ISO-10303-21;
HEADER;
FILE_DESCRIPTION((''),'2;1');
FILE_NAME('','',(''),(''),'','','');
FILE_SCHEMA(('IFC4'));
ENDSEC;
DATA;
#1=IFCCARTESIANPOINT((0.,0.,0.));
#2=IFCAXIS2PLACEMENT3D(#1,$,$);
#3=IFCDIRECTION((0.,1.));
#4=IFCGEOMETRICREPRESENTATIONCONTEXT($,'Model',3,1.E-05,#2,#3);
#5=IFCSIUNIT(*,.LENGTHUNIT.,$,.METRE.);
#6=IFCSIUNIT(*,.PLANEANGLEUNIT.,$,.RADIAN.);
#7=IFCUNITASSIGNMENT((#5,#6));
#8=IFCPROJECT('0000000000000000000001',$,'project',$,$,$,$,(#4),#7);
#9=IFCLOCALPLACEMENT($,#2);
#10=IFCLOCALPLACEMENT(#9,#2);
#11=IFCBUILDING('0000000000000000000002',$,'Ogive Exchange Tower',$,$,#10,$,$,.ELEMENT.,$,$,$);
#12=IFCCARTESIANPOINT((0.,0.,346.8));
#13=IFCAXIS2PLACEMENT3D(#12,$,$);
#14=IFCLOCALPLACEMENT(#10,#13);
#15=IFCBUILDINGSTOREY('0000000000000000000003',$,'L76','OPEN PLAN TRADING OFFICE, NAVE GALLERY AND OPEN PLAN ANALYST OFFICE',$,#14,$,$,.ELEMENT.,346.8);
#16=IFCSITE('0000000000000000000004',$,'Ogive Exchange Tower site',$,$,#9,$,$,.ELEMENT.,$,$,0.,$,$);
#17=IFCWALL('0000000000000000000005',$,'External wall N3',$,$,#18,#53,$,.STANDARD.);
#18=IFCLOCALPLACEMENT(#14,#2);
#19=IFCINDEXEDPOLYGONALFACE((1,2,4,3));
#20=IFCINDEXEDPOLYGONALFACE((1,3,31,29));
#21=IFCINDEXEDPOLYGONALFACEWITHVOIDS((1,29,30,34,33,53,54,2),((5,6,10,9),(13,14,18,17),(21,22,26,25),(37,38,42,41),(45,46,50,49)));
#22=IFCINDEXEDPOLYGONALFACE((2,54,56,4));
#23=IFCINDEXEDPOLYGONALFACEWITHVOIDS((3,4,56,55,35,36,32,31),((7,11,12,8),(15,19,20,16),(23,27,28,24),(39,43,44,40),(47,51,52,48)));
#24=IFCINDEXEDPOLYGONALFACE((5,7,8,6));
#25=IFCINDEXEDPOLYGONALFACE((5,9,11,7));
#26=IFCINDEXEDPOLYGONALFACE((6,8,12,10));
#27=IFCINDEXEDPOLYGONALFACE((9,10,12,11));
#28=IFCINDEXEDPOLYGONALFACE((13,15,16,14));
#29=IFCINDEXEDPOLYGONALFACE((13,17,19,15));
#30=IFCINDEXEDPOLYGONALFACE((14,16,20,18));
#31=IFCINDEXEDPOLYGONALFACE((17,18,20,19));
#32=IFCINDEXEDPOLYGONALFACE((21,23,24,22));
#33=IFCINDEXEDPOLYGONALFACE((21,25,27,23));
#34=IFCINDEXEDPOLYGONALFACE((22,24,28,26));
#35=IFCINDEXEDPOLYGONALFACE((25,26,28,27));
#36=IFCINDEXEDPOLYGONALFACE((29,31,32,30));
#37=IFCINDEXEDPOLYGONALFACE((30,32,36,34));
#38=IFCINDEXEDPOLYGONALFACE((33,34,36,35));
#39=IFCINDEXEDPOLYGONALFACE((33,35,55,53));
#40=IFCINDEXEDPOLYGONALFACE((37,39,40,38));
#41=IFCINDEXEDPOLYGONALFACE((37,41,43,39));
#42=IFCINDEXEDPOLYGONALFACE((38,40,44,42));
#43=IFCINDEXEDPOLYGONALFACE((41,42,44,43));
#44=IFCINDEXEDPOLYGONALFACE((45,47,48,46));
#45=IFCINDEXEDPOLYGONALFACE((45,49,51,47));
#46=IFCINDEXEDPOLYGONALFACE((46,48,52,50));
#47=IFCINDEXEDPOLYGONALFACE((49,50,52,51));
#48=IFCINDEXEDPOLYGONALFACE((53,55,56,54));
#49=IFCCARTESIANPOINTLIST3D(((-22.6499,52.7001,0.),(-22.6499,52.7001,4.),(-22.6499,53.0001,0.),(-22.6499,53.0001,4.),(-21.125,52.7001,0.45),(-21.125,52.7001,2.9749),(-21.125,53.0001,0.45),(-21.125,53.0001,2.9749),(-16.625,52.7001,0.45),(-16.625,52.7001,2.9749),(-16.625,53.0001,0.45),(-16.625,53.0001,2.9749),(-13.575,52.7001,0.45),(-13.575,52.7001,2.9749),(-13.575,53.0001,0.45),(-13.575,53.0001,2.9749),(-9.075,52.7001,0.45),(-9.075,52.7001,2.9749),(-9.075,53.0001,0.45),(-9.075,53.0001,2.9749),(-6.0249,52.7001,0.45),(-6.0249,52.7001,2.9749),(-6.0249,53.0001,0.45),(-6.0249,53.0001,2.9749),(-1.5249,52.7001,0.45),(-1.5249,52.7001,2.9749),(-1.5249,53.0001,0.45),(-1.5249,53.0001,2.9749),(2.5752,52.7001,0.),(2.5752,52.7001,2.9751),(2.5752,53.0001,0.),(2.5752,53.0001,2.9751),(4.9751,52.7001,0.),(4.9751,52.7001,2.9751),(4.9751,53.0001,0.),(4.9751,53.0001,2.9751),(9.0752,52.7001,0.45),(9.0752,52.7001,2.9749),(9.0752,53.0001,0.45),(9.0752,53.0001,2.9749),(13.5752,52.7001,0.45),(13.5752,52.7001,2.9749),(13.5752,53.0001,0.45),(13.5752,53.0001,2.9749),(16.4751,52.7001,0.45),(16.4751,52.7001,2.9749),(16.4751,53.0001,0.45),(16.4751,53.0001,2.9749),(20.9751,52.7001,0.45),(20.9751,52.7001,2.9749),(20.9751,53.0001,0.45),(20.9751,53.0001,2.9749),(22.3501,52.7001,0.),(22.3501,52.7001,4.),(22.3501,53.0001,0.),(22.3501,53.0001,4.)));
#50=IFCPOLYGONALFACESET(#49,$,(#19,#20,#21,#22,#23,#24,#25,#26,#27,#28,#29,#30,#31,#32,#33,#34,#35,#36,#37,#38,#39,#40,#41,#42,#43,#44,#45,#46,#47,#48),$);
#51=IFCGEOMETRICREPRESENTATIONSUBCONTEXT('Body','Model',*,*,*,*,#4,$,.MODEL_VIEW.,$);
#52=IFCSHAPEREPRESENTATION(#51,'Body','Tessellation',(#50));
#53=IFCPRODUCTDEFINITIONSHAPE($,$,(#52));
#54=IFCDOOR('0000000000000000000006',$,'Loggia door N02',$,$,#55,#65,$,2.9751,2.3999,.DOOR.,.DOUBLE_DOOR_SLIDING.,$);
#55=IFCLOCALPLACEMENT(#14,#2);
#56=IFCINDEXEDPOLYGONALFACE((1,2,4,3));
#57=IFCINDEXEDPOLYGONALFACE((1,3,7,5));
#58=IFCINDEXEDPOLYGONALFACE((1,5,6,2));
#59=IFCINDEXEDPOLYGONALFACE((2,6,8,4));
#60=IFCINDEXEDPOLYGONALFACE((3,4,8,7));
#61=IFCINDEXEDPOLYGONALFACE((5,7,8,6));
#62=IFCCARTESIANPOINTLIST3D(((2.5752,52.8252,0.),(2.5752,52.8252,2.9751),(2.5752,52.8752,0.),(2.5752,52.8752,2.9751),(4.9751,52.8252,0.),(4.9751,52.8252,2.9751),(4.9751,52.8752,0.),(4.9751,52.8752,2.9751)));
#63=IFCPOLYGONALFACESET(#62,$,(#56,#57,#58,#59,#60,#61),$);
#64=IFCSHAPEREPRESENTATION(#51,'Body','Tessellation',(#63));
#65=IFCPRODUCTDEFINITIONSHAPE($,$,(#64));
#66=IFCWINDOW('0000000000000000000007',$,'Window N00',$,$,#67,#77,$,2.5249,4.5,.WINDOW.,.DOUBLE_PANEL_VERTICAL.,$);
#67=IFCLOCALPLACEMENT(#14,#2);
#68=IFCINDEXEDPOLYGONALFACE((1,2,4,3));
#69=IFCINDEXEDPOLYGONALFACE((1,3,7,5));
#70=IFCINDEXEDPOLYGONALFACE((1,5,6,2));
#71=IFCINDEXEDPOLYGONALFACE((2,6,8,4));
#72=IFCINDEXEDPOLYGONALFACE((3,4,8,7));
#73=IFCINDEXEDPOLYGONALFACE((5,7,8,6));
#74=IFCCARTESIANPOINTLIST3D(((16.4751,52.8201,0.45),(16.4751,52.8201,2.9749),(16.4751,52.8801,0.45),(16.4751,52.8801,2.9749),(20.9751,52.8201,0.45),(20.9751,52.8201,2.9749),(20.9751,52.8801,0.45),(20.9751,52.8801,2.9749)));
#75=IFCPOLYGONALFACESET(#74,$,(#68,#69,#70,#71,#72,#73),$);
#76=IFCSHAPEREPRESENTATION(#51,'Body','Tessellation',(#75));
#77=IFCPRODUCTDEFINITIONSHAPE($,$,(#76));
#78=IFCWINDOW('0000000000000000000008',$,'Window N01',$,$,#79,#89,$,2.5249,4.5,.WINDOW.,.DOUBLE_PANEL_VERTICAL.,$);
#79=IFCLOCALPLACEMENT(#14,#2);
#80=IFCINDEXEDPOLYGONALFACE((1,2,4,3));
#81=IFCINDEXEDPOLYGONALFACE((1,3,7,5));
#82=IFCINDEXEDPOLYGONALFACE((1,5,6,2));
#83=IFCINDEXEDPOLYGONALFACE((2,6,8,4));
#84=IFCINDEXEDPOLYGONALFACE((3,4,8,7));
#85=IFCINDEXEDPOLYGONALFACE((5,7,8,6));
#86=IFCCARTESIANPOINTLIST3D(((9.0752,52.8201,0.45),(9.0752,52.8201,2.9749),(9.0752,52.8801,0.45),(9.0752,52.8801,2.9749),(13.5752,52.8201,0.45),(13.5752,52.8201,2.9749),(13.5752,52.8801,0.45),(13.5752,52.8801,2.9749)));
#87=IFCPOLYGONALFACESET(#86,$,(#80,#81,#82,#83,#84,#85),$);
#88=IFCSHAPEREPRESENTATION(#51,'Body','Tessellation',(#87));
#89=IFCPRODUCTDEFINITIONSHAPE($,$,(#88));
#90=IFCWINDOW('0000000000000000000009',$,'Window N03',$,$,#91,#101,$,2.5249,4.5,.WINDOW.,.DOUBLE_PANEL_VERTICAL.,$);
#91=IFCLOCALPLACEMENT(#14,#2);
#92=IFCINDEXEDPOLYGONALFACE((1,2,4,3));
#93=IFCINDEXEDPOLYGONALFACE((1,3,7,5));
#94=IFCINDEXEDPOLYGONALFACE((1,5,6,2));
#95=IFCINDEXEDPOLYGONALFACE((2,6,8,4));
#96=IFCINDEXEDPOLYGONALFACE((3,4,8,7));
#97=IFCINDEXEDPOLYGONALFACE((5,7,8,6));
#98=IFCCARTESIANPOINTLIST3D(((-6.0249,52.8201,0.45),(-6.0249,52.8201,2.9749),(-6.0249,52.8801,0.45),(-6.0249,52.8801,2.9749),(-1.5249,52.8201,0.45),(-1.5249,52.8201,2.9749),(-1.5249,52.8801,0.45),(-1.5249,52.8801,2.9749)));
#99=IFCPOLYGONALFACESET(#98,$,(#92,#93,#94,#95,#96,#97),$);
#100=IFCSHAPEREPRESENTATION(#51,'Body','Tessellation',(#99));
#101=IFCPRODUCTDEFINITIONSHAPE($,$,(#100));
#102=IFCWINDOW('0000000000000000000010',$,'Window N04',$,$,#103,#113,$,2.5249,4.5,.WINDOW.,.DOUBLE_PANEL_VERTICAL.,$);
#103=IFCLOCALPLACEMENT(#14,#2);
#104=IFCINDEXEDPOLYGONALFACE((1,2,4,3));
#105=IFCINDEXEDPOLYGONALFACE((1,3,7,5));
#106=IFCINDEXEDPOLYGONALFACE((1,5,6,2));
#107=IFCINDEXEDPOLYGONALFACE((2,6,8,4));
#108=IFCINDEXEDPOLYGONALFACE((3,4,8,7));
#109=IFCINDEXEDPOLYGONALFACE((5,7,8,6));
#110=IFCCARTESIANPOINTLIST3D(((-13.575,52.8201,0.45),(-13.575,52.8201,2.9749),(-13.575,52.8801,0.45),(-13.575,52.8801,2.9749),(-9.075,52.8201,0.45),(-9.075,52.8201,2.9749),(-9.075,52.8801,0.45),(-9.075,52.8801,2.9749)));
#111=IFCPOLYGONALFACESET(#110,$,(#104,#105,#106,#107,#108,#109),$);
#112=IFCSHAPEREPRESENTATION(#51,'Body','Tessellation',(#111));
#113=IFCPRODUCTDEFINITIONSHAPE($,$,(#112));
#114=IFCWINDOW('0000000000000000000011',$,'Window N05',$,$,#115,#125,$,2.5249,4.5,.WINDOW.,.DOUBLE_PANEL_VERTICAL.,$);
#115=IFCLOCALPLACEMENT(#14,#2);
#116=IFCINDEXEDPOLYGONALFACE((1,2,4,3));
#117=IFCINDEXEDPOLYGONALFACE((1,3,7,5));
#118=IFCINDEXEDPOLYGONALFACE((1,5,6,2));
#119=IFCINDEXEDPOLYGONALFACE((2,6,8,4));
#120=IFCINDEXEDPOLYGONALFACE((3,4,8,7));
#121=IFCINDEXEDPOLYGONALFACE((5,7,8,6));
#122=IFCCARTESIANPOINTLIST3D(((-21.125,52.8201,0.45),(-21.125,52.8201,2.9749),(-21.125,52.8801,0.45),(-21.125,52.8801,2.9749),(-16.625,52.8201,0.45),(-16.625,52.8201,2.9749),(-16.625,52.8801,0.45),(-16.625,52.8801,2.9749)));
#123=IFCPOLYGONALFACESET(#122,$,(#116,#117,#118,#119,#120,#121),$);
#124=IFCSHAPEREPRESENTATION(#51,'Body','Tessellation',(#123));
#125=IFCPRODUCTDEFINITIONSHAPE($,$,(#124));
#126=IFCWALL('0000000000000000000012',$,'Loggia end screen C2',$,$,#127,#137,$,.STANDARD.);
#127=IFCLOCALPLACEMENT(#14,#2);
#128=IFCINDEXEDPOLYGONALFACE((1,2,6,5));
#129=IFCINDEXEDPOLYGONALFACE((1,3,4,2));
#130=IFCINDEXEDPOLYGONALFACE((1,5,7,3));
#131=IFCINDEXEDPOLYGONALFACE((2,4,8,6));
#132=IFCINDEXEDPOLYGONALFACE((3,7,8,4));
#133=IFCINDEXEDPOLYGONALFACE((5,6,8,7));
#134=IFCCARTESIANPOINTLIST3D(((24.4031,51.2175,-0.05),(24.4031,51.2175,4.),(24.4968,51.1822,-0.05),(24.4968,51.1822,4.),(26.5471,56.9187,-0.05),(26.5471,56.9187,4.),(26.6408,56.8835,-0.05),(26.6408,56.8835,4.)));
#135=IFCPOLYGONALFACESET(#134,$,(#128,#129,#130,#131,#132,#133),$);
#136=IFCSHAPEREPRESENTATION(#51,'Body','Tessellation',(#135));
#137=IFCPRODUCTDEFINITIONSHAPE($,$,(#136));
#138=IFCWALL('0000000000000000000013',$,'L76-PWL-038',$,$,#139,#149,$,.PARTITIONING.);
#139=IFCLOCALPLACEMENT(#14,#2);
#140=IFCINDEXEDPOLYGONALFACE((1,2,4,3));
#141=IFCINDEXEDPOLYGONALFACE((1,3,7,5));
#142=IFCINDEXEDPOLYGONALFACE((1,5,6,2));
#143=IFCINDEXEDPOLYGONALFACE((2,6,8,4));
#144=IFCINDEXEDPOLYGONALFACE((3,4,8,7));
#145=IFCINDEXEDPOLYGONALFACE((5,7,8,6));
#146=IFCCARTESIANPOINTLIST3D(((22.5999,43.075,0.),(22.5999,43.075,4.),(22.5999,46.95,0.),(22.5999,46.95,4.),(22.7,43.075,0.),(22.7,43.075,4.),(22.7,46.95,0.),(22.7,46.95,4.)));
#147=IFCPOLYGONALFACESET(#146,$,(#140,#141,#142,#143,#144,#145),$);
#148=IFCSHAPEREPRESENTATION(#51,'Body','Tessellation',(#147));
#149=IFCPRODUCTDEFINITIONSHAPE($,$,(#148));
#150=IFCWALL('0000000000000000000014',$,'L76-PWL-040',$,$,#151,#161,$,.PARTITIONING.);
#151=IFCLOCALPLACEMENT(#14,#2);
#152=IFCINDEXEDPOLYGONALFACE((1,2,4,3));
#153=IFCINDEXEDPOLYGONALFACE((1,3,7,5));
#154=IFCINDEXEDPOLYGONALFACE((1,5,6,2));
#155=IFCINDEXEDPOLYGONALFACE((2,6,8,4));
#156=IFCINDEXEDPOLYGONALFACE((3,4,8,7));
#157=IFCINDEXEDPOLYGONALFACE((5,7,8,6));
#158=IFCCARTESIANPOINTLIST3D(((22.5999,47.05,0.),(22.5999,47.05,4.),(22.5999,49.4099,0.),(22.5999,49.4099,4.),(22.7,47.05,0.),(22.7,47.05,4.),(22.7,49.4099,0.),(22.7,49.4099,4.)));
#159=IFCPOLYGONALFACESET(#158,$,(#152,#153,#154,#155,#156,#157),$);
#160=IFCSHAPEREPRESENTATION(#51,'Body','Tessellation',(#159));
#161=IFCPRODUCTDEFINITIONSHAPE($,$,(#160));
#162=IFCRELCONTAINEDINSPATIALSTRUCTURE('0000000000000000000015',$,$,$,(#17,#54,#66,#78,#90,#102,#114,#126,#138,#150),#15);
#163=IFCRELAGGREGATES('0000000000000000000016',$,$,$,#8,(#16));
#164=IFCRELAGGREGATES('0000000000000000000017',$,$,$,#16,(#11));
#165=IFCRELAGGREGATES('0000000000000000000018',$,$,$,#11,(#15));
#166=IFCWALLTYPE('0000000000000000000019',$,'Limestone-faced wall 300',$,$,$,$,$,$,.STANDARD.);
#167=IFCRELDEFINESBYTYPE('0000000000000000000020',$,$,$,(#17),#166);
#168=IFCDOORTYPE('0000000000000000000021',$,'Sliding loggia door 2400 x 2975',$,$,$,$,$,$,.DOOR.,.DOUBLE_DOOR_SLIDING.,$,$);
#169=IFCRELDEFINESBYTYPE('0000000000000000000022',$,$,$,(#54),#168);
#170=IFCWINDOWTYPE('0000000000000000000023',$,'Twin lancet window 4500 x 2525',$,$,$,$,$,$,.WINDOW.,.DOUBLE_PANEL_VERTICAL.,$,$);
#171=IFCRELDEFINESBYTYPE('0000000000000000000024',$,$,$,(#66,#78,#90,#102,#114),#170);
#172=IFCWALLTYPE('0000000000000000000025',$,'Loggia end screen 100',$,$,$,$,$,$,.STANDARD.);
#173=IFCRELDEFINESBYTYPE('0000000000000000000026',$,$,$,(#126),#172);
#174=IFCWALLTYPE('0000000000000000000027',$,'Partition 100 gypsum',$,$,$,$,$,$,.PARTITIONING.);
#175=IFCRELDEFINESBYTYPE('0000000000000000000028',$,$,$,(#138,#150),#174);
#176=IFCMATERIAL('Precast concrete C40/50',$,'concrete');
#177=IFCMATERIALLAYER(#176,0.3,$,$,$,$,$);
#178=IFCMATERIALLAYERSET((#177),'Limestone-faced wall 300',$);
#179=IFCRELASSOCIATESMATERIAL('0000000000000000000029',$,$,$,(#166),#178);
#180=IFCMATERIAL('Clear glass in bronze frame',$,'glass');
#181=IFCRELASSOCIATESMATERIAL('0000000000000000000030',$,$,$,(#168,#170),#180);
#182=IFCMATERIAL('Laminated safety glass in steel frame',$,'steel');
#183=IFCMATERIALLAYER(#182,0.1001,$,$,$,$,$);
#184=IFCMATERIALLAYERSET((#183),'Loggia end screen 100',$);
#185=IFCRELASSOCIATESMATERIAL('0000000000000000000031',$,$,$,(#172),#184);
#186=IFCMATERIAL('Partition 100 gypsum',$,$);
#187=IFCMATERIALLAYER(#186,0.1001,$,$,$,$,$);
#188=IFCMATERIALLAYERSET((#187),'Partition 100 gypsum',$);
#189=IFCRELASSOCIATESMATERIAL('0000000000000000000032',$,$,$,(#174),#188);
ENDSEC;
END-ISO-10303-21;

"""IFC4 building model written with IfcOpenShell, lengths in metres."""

from ifc_helpers import new_model, si_unit, direction, frame, frame_2d, origin, place, context, subcontext, project, spatial, rectangle, extrude, material, layer, layer_set, type_object, element, fill, save


model = new_model("IFC4")

# Units and contexts
model_context = context("Model", 3, precision=1e-05, world=origin(), true_north=direction((0.0, 1.0)))
body_context = subcontext(model_context, "Body", "Model", "MODEL_VIEW")
ifc_project = project(units=[si_unit("LENGTHUNIT", "METRE"), si_unit("PLANEANGLEUNIT", "RADIAN")], contexts=[model_context])

# Site, building, storey
site_placement = place(None, origin())
site = spatial("IfcSite", under=ifc_project, at=site_placement, Name="Ogive Exchange Tower site", CompositionType="ELEMENT", RefElevation=0.0)
building_placement = place(site_placement, origin())
building = spatial("IfcBuilding", under=site, at=building_placement, Name="Ogive Exchange Tower", CompositionType="ELEMENT")
storey_placement = place(building_placement, frame((0.0, 0.0, 346.8)))
storey = spatial("IfcBuildingStorey", under=building, at=storey_placement, Name="L76", Description="OPEN PLAN TRADING OFFICE, NAVE GALLERY AND OPEN PLAN ANALYST OFFICE", CompositionType="ELEMENT", Elevation=346.8)

# Wall, openings, door, windows
ifc_material_1 = material(Name="Precast concrete C40/50", Category="concrete")
ifc_layer_1 = layer(ifc_material_1, 0.3)
ifc_layer_set_1 = layer_set([ifc_layer_1], Name="Limestone-faced wall 300")
wall_type_1 = type_object("IfcWallType", Name="Limestone-faced wall 300", PredefinedType="STANDARD", material=ifc_layer_set_1)
wall_1_placement = place(storey_placement, frame((22.3501, 52.8501, 0.0), z_axis=(0.0, 0.0, 1.0), x_axis=(-1.0, 0.0, 0.0)))
wall_1 = element("IfcWall", 1, at=wall_1_placement, inside=storey, type_object=wall_type_1, Name="External wall N3", PredefinedType="STANDARD", context=body_context, shape_type="SweptSolid", body=[
    extrude(rectangle(XDim=45.0, YDim=0.3, at=frame_2d((22.5, 0.0))), origin(), (0.0, 0.0, 1.0), 4.0),
])
opening_1_placement = place(wall_1_placement, frame((1.375, 0.0, 0.45)))
opening_1 = element("IfcOpeningElement", 2, at=opening_1_placement, cuts=wall_1, PredefinedType="OPENING", context=body_context, shape_type="SweptSolid", body=[
    extrude(rectangle(XDim=4.5, YDim=2.5249, at=frame_2d((2.25, 1.2625))), frame((0.0, 0.1599, 0.0), z_axis=(0.0, -1.0, 0.0), x_axis=(1.0, 0.0, 0.0)), (0.0, 0.0, 1.0), 0.3201),
])
opening_2_placement = place(wall_1_placement, frame((8.7749, 0.0, 0.45)))
opening_2 = element("IfcOpeningElement", 3, at=opening_2_placement, cuts=wall_1, PredefinedType="OPENING", context=body_context, shape_type="SweptSolid", body=[
    extrude(rectangle(XDim=4.5, YDim=2.5249, at=frame_2d((2.25, 1.2625))), frame((0.0, 0.1599, 0.0), z_axis=(0.0, -1.0, 0.0), x_axis=(1.0, 0.0, 0.0)), (0.0, 0.0, 1.0), 0.3201),
])
opening_3_placement = place(wall_1_placement, frame((17.375, 0.0, 0.0)))
opening_3 = element("IfcOpeningElement", 4, at=opening_3_placement, cuts=wall_1, PredefinedType="OPENING", context=body_context, shape_type="SweptSolid", body=[
    extrude(rectangle(XDim=2.3999, YDim=2.9751, at=frame_2d((1.2, 1.4875))), frame((0.0, 0.1599, 0.0), z_axis=(0.0, -1.0, 0.0), x_axis=(1.0, 0.0, 0.0)), (0.0, 0.0, 1.0), 0.3201),
])
opening_4_placement = place(wall_1_placement, frame((23.875, 0.0, 0.45)))
opening_4 = element("IfcOpeningElement", 5, at=opening_4_placement, cuts=wall_1, PredefinedType="OPENING", context=body_context, shape_type="SweptSolid", body=[
    extrude(rectangle(XDim=4.5, YDim=2.5249, at=frame_2d((2.25, 1.2625))), frame((0.0, 0.1599, 0.0), z_axis=(0.0, -1.0, 0.0), x_axis=(1.0, 0.0, 0.0)), (0.0, 0.0, 1.0), 0.3201),
])
opening_5_placement = place(wall_1_placement, frame((31.425, 0.0, 0.45)))
opening_5 = element("IfcOpeningElement", 6, at=opening_5_placement, cuts=wall_1, PredefinedType="OPENING", context=body_context, shape_type="SweptSolid", body=[
    extrude(rectangle(XDim=4.5, YDim=2.5249, at=frame_2d((2.25, 1.2625))), frame((0.0, 0.1599, 0.0), z_axis=(0.0, -1.0, 0.0), x_axis=(1.0, 0.0, 0.0)), (0.0, 0.0, 1.0), 0.3201),
])
opening_6_placement = place(wall_1_placement, frame((38.9751, 0.0, 0.45)))
opening_6 = element("IfcOpeningElement", 7, at=opening_6_placement, cuts=wall_1, PredefinedType="OPENING", context=body_context, shape_type="SweptSolid", body=[
    extrude(rectangle(XDim=4.5, YDim=2.5249, at=frame_2d((2.25, 1.2625))), frame((0.0, 0.1599, 0.0), z_axis=(0.0, -1.0, 0.0), x_axis=(1.0, 0.0, 0.0)), (0.0, 0.0, 1.0), 0.3201),
])
ifc_material_2 = material(Name="Clear glass in bronze frame", Category="glass")
door_type_1 = type_object("IfcDoorType", Name="Sliding loggia door 2400 x 2975", OperationType="DOUBLE_DOOR_SLIDING", PredefinedType="DOOR", material=ifc_material_2)
door_1_placement = place(opening_3_placement, origin())
door_1 = element("IfcDoor", 8, at=door_1_placement, inside=storey, type_object=door_type_1, Name="Loggia door N02", OperationType="DOUBLE_DOOR_SLIDING", OverallHeight=2.9751, OverallWidth=2.3999, PredefinedType="DOOR", context=body_context, shape_type="SweptSolid", body=[
    extrude(rectangle(XDim=2.3999, YDim=2.9751, at=frame_2d((1.2, 1.4875))), frame((0.0, 0.0249, 0.0), z_axis=(0.0, -1.0, 0.0), x_axis=(1.0, 0.0, 0.0)), (0.0, 0.0, 1.0), 0.05),
])
fill(opening_3, door_1)
window_type = type_object("IfcWindowType", Name="Twin lancet window 4500 x 2525", PartitioningType="DOUBLE_PANEL_VERTICAL", PredefinedType="WINDOW", material=ifc_material_2)
window_1_placement = place(opening_1_placement, origin())
window_1 = element("IfcWindow", 9, at=window_1_placement, inside=storey, type_object=window_type, Name="Window N00", OverallHeight=2.5249, OverallWidth=4.5, PartitioningType="DOUBLE_PANEL_VERTICAL", PredefinedType="WINDOW", context=body_context, shape_type="SweptSolid", body=[
    extrude(rectangle(XDim=4.5, YDim=2.5249, at=frame_2d((2.25, 1.2625))), frame((0.0, 0.03, 0.0), z_axis=(0.0, -1.0, 0.0), x_axis=(1.0, 0.0, 0.0)), (0.0, 0.0, 1.0), 0.0601),
])
fill(opening_1, window_1)
window_2_placement = place(opening_2_placement, origin())
window_2 = element("IfcWindow", 10, at=window_2_placement, inside=storey, type_object=window_type, Name="Window N01", OverallHeight=2.5249, OverallWidth=4.5, PartitioningType="DOUBLE_PANEL_VERTICAL", PredefinedType="WINDOW", context=body_context, shape_type="SweptSolid", body=[
    extrude(rectangle(XDim=4.5, YDim=2.5249, at=frame_2d((2.25, 1.2625))), frame((0.0, 0.03, 0.0), z_axis=(0.0, -1.0, 0.0), x_axis=(1.0, 0.0, 0.0)), (0.0, 0.0, 1.0), 0.0601),
])
fill(opening_2, window_2)
window_3_placement = place(opening_4_placement, origin())
window_3 = element("IfcWindow", 11, at=window_3_placement, inside=storey, type_object=window_type, Name="Window N03", OverallHeight=2.5249, OverallWidth=4.5, PartitioningType="DOUBLE_PANEL_VERTICAL", PredefinedType="WINDOW", context=body_context, shape_type="SweptSolid", body=[
    extrude(rectangle(XDim=4.5, YDim=2.5249, at=frame_2d((2.25, 1.2625))), frame((0.0, 0.03, 0.0), z_axis=(0.0, -1.0, 0.0), x_axis=(1.0, 0.0, 0.0)), (0.0, 0.0, 1.0), 0.0601),
])
fill(opening_4, window_3)
window_4_placement = place(opening_5_placement, origin())
window_4 = element("IfcWindow", 12, at=window_4_placement, inside=storey, type_object=window_type, Name="Window N04", OverallHeight=2.5249, OverallWidth=4.5, PartitioningType="DOUBLE_PANEL_VERTICAL", PredefinedType="WINDOW", context=body_context, shape_type="SweptSolid", body=[
    extrude(rectangle(XDim=4.5, YDim=2.5249, at=frame_2d((2.25, 1.2625))), frame((0.0, 0.03, 0.0), z_axis=(0.0, -1.0, 0.0), x_axis=(1.0, 0.0, 0.0)), (0.0, 0.0, 1.0), 0.0601),
])
fill(opening_5, window_4)
window_5_placement = place(opening_6_placement, origin())
window_5 = element("IfcWindow", 13, at=window_5_placement, inside=storey, type_object=window_type, Name="Window N05", OverallHeight=2.5249, OverallWidth=4.5, PartitioningType="DOUBLE_PANEL_VERTICAL", PredefinedType="WINDOW", context=body_context, shape_type="SweptSolid", body=[
    extrude(rectangle(XDim=4.5, YDim=2.5249, at=frame_2d((2.25, 1.2625))), frame((0.0, 0.03, 0.0), z_axis=(0.0, -1.0, 0.0), x_axis=(1.0, 0.0, 0.0)), (0.0, 0.0, 1.0), 0.0601),
])
fill(opening_6, window_5)

# Walls
ifc_material_3 = material(Name="Laminated safety glass in steel frame", Category="steel")
ifc_layer_2 = layer(ifc_material_3, 0.1001)
ifc_layer_set_2 = layer_set([ifc_layer_2], Name="Loggia end screen 100")
wall_type_2 = type_object("IfcWallType", Name="Loggia end screen 100", PredefinedType="STANDARD", material=ifc_layer_set_2)
wall_2_placement = place(storey_placement, frame((24.45, 51.2, -0.05), z_axis=(0.0, 0.0, 1.0), x_axis=(0.352002, 0.935999, 0.0)))
element("IfcWall", 14, at=wall_2_placement, inside=storey, type_object=wall_type_2, Name="Loggia end screen C2", PredefinedType="STANDARD", context=body_context, shape_type="SweptSolid", body=[
    extrude(rectangle(XDim=6.0911, YDim=0.1001, at=frame_2d((3.0454, 0.0))), origin(), (0.0, 0.0, 1.0), 4.05),
])
ifc_material_4 = material(Name="Partition 100 gypsum")
ifc_layer_3 = layer(ifc_material_4, 0.1001)
ifc_layer_set_3 = layer_set([ifc_layer_3], Name="Partition 100 gypsum")
wall_type_3 = type_object("IfcWallType", Name="Partition 100 gypsum", PredefinedType="PARTITIONING", material=ifc_layer_set_3)
wall_3_placement = place(storey_placement, frame((22.6499, 43.075, 0.0), z_axis=(0.0, 0.0, 1.0), x_axis=(0.0, 1.0, 0.0)))
element("IfcWall", 15, at=wall_3_placement, inside=storey, type_object=wall_type_3, Name="L76-PWL-038", PredefinedType="PARTITIONING", context=body_context, shape_type="SweptSolid", body=[
    extrude(rectangle(XDim=3.875, YDim=0.1001, at=frame_2d((1.9375, 0.0))), origin(), (0.0, 0.0, 1.0), 4.0),
])
wall_4_placement = place(storey_placement, frame((22.6499, 47.05, 0.0), z_axis=(0.0, 0.0, 1.0), x_axis=(0.0, 1.0, 0.0)))
element("IfcWall", 16, at=wall_4_placement, inside=storey, type_object=wall_type_3, Name="L76-PWL-040", PredefinedType="PARTITIONING", context=body_context, shape_type="SweptSolid", body=[
    extrude(rectangle(XDim=2.3599, YDim=0.1001, at=frame_2d((1.1799, 0.0))), origin(), (0.0, 0.0, 1.0), 4.0),
])

save(model, "model.ifc")
